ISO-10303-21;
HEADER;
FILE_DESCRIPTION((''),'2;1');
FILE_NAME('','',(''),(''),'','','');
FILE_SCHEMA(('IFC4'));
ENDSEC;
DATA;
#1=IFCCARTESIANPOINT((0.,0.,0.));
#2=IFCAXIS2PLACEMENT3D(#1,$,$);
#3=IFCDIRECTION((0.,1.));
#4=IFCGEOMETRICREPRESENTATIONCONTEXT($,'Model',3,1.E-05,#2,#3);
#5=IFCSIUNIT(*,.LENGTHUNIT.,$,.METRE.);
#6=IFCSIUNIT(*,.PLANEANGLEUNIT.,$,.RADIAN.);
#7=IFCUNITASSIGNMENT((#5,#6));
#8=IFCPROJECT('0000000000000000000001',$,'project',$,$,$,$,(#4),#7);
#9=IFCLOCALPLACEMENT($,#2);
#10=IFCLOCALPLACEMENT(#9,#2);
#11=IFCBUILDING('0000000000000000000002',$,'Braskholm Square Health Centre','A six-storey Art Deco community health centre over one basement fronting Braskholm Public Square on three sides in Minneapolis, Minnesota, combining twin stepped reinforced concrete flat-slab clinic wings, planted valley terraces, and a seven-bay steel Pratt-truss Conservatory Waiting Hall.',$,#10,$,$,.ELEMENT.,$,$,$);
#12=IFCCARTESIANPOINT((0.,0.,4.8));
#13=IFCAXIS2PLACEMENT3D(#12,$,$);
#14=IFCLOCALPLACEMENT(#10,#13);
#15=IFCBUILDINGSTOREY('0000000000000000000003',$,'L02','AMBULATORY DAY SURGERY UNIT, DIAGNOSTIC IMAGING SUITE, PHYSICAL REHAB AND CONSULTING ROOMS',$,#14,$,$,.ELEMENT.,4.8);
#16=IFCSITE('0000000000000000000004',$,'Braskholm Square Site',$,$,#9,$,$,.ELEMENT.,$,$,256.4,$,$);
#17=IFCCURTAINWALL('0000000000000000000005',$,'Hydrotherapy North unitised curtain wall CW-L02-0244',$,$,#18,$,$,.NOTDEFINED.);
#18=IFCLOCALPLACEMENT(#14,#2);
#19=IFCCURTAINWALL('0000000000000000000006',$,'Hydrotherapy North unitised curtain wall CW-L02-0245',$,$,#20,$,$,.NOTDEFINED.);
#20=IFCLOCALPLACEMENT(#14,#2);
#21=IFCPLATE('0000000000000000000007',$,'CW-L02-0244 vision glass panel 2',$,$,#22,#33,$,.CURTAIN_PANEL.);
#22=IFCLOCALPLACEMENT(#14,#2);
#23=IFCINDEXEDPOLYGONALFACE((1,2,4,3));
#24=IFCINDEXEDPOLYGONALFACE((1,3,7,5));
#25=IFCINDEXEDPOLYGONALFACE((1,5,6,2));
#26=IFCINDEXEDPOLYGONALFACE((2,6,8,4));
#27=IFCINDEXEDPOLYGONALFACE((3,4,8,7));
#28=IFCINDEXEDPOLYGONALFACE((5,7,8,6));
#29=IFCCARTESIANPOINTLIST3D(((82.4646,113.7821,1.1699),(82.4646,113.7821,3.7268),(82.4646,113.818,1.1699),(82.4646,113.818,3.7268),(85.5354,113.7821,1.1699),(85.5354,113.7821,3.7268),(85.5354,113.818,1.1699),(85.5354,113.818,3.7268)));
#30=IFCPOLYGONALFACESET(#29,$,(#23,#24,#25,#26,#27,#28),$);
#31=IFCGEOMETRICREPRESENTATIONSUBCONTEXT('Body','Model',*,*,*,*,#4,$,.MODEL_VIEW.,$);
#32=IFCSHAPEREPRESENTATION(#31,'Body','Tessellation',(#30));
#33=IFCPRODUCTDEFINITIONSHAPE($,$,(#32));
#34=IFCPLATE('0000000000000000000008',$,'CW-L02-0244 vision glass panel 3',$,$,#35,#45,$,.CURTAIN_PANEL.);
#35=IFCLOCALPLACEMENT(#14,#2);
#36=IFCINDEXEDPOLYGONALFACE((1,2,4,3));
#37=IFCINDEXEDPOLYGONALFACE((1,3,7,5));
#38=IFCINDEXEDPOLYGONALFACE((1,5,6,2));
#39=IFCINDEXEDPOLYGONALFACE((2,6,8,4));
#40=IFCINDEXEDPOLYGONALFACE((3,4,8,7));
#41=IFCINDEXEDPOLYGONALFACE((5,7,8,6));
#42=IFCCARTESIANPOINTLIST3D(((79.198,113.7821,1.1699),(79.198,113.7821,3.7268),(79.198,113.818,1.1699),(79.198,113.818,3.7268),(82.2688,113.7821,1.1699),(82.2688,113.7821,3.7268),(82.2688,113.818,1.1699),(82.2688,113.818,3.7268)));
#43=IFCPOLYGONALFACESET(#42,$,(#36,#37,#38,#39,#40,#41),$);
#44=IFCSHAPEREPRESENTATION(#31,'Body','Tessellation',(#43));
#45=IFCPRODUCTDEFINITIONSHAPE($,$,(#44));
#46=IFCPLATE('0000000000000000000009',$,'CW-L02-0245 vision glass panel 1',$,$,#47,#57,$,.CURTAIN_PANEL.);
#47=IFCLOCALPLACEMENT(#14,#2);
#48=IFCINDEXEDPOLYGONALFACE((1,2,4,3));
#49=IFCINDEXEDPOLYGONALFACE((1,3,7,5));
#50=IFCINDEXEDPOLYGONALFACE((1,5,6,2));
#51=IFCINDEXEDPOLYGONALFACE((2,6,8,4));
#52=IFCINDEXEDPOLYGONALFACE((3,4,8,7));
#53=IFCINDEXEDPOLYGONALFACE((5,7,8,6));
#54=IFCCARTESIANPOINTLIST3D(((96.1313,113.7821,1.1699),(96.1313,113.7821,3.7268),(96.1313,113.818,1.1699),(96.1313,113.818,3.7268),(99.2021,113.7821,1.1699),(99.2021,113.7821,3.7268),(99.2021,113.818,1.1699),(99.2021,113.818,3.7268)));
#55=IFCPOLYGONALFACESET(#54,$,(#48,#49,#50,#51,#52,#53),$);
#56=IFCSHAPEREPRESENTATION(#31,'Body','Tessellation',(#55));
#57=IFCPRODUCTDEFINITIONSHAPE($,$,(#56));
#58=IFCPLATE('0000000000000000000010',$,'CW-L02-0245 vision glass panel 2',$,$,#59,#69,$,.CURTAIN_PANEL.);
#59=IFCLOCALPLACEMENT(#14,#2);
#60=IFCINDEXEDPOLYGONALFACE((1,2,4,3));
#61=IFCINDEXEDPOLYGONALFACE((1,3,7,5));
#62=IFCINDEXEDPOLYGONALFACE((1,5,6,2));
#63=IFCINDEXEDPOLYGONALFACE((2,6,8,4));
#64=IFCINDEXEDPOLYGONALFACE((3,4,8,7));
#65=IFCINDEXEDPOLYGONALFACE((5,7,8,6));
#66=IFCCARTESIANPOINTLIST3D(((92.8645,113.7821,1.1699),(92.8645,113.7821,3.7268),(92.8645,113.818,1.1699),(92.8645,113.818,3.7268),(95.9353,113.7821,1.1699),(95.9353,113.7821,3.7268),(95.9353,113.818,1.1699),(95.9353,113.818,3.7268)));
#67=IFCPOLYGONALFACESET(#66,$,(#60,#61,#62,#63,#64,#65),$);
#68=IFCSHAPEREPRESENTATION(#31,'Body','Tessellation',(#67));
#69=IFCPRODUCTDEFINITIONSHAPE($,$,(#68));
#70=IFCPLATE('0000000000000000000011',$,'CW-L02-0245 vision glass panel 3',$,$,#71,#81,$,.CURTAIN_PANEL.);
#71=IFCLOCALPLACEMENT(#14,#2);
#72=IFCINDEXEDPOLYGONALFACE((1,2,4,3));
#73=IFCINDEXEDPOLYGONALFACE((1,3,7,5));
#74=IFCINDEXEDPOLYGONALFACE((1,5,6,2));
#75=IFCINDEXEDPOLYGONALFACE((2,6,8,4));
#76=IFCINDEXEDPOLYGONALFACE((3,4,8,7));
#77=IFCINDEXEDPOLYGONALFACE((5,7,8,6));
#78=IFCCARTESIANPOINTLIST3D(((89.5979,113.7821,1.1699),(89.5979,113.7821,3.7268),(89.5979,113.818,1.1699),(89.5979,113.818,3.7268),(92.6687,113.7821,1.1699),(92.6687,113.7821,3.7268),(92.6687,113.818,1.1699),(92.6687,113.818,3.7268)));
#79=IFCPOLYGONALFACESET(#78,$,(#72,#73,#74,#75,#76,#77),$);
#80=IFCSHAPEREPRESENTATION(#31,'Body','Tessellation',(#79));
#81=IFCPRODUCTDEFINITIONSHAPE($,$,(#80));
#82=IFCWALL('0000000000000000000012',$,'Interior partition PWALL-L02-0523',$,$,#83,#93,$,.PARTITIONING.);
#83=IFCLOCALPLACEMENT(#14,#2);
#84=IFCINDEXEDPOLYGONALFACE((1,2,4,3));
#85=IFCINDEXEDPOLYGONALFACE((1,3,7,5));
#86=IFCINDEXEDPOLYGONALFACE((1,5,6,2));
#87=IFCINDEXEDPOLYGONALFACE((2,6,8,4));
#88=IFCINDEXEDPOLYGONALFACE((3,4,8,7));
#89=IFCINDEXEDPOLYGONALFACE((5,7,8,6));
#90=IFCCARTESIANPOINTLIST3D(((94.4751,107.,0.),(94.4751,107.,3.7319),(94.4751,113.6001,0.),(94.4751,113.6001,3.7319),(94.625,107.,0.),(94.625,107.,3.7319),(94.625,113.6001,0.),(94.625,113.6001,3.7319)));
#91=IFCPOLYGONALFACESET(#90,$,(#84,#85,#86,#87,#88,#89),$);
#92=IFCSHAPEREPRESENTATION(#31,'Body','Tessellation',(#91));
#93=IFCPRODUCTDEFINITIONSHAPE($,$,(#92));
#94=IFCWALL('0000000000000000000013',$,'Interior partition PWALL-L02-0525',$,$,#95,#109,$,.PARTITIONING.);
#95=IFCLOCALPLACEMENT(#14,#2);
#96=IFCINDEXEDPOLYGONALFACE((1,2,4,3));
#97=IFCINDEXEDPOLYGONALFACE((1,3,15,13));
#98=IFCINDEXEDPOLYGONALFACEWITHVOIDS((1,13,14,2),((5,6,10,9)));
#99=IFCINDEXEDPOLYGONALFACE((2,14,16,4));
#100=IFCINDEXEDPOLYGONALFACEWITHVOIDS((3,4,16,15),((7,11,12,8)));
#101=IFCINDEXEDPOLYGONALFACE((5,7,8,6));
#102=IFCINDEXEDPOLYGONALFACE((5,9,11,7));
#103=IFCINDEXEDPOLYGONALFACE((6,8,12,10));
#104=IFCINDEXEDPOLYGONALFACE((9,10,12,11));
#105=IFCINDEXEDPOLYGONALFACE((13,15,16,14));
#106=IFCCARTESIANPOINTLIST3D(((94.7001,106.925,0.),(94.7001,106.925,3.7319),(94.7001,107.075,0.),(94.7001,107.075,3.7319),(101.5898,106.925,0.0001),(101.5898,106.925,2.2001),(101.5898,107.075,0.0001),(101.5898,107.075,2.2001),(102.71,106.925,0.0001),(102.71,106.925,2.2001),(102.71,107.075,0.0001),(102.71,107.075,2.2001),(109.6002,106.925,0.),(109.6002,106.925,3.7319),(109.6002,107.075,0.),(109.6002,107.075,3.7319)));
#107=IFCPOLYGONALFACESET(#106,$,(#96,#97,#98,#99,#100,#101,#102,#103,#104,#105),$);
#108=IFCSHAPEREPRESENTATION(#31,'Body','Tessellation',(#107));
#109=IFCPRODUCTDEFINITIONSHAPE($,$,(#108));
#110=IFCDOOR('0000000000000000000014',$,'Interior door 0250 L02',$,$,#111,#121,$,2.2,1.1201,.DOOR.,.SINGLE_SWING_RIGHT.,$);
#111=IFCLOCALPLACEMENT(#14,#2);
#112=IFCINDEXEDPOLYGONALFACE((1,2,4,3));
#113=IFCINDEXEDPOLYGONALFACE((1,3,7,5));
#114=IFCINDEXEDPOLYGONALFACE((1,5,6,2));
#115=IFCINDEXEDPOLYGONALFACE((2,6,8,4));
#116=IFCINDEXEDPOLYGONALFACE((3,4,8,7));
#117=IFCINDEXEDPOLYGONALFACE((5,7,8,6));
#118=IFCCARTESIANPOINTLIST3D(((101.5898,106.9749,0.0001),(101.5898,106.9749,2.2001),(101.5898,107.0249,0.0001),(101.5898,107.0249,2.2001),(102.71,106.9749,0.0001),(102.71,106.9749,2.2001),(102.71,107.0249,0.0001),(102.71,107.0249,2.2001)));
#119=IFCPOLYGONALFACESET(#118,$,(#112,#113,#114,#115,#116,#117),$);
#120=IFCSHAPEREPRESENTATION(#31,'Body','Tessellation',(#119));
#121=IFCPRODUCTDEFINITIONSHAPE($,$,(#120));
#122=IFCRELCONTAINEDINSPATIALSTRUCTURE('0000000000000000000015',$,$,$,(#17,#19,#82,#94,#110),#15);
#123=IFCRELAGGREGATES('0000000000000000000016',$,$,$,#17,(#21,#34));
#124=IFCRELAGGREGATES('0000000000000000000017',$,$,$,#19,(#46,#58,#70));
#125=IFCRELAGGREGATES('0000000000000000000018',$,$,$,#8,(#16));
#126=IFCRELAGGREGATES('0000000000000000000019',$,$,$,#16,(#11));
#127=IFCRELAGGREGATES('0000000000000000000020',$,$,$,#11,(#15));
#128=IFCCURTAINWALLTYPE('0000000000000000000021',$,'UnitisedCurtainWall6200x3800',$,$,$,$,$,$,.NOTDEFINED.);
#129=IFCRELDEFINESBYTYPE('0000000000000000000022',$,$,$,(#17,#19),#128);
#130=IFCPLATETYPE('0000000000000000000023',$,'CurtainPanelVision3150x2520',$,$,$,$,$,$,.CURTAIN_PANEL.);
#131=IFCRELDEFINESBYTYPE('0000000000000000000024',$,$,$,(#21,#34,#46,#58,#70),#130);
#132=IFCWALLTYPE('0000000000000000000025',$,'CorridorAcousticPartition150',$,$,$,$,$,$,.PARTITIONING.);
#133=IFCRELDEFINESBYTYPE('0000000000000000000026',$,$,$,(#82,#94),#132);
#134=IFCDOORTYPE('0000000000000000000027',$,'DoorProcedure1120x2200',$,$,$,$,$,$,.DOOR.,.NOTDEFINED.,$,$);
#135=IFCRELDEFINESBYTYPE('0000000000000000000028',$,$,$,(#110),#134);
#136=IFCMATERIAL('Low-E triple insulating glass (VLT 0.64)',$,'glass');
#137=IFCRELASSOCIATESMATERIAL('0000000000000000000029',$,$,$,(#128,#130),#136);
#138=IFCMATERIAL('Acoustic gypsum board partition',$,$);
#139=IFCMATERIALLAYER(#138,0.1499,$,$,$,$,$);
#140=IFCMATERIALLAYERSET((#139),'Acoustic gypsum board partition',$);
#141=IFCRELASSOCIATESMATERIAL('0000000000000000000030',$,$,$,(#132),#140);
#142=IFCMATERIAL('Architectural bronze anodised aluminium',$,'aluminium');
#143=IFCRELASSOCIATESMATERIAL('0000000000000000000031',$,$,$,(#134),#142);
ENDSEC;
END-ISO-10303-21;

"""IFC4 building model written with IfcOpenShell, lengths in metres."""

from ifc_helpers import new_model, si_unit, direction, frame, frame_2d, origin, origin_with_axes, origin_2d, place, context, subcontext, project, spatial, rectangle, extrude, material, layer, layer_set, type_object, element, fill, aggregate, save


model = new_model("IFC4")

# Units and contexts
model_context = context("Model", 3, precision=1e-05, world=origin(), true_north=direction((0.0, 1.0)))
body_context = subcontext(model_context, "Body", "Model", "MODEL_VIEW")
ifc_project = project(units=[si_unit("LENGTHUNIT", "METRE"), si_unit("PLANEANGLEUNIT", "RADIAN")], contexts=[model_context])

# Site, building, storey
site_placement = place(None, origin())
site = spatial("IfcSite", under=ifc_project, at=site_placement, Name="Braskholm Square Site", CompositionType="ELEMENT", RefElevation=256.4)
building_placement = place(site_placement, origin())
building = spatial("IfcBuilding", under=site, at=building_placement, Name="Braskholm Square Health Centre", Description="A six-storey Art Deco community health centre over one basement fronting Braskholm Public Square on three sides in Minneapolis, Minnesota, combining twin stepped reinforced concrete flat-slab clinic wings, planted valley terraces, and a seven-bay steel Pratt-truss Conservatory Waiting Hall.", CompositionType="ELEMENT")
storey_placement = place(building_placement, frame((0.0, 0.0, 4.8)))
storey = spatial("IfcBuildingStorey", under=building, at=storey_placement, Name="L02", Description="AMBULATORY DAY SURGERY UNIT, DIAGNOSTIC IMAGING SUITE, PHYSICAL REHAB AND CONSULTING ROOMS", CompositionType="ELEMENT", Elevation=4.8)

# Curtain walls
ifc_material_1 = material(Name="Low-E triple insulating glass (VLT 0.64)", Category="glass")
curtain_wall_type = type_object("IfcCurtainWallType", Name="UnitisedCurtainWall6200x3800", PredefinedType="NOTDEFINED", material=ifc_material_1)
curtain_wall_1_placement = place(storey_placement, origin())
curtain_wall_1 = element("IfcCurtainWall", 1, at=curtain_wall_1_placement, inside=storey, type_object=curtain_wall_type, Name="Hydrotherapy North unitised curtain wall CW-L02-0244", PredefinedType="NOTDEFINED")
ifc_material_2 = material(Name="Architectural bronze anodised aluminium", Category="aluminium")
curtain_wall_2_placement = place(storey_placement, origin())
curtain_wall_2 = element("IfcCurtainWall", 2, at=curtain_wall_2_placement, inside=storey, type_object=curtain_wall_type, Name="Hydrotherapy North unitised curtain wall CW-L02-0245", PredefinedType="NOTDEFINED")

# Plates
plate_type_1 = type_object("IfcPlateType", Name="CurtainPanelVision3150x2520", PredefinedType="CURTAIN_PANEL", material=ifc_material_1)
plate_1_placement = place(storey_placement, frame((84.0, 113.8, 1.1699), z_axis=(0.0, 0.0, 1.0), x_axis=(-1.0, 0.0, 0.0)))
plate_1 = element("IfcPlate", 3, at=plate_1_placement, type_object=plate_type_1, Name="CW-L02-0244 vision glass panel 2", PredefinedType="CURTAIN_PANEL", context=body_context, shape_type="SweptSolid", body=[
    extrude(rectangle(XDim=3.0708, YDim=0.0359, at=origin_2d()), origin(), (0.0, 0.0, 1.0), 2.5569),
])
plate_2_placement = place(storey_placement, frame((80.7334, 113.8, 1.1699), z_axis=(0.0, 0.0, 1.0), x_axis=(-1.0, 0.0, 0.0)))
plate_2 = element("IfcPlate", 4, at=plate_2_placement, type_object=plate_type_1, Name="CW-L02-0244 vision glass panel 3", PredefinedType="CURTAIN_PANEL", context=body_context, shape_type="SweptSolid", body=[
    extrude(rectangle(XDim=3.0708, YDim=0.0359, at=origin_2d()), origin(), (0.0, 0.0, 1.0), 2.5569),
])
aggregate(curtain_wall_1, [plate_1, plate_2])
plate_3_placement = place(storey_placement, frame((97.6667, 113.8, 1.1699), z_axis=(0.0, 0.0, 1.0), x_axis=(-1.0, 0.0, 0.0)))
plate_3 = element("IfcPlate", 5, at=plate_3_placement, type_object=plate_type_1, Name="CW-L02-0245 vision glass panel 1", PredefinedType="CURTAIN_PANEL", context=body_context, shape_type="SweptSolid", body=[
    extrude(rectangle(XDim=3.0708, YDim=0.0359, at=origin_2d()), origin(), (0.0, 0.0, 1.0), 2.5569),
])
plate_4_placement = place(storey_placement, frame((94.3999, 113.8, 1.1699), z_axis=(0.0, 0.0, 1.0), x_axis=(-1.0, 0.0, 0.0)))
plate_4 = element("IfcPlate", 6, at=plate_4_placement, type_object=plate_type_1, Name="CW-L02-0245 vision glass panel 2", PredefinedType="CURTAIN_PANEL", context=body_context, shape_type="SweptSolid", body=[
    extrude(rectangle(XDim=3.0708, YDim=0.0359, at=origin_2d()), origin(), (0.0, 0.0, 1.0), 2.5569),
])
plate_5_placement = place(storey_placement, frame((91.1333, 113.8, 1.1699), z_axis=(0.0, 0.0, 1.0), x_axis=(-1.0, 0.0, 0.0)))
plate_5 = element("IfcPlate", 7, at=plate_5_placement, type_object=plate_type_1, Name="CW-L02-0245 vision glass panel 3", PredefinedType="CURTAIN_PANEL", context=body_context, shape_type="SweptSolid", body=[
    extrude(rectangle(XDim=3.0708, YDim=0.0359, at=origin_2d()), origin(), (0.0, 0.0, 1.0), 2.5569),
])
aggregate(curtain_wall_2, [plate_3, plate_4, plate_5])

# Wall
ifc_material_3 = material(Name="Acoustic gypsum board partition")
ifc_layer = layer(ifc_material_3, 0.1499)
ifc_layer_set = layer_set([ifc_layer], Name="Acoustic gypsum board partition")
wall_type = type_object("IfcWallType", Name="CorridorAcousticPartition150", PredefinedType="PARTITIONING", material=ifc_layer_set)
wall_1_placement = place(storey_placement, frame((94.55, 107.0, 0.0), z_axis=(0.0, 0.0, 1.0), x_axis=(0.0, 1.0, 0.0)))
element("IfcWall", 8, at=wall_1_placement, inside=storey, type_object=wall_type, Name="Interior partition PWALL-L02-0523", PredefinedType="PARTITIONING", context=body_context, shape_type="SweptSolid", body=[
    extrude(rectangle(XDim=6.6001, YDim=0.1499, at=frame_2d((3.3, 0.0))), origin(), (0.0, 0.0, 1.0), 3.7319),
])

# Wall, opening, door
wall_2_placement = place(storey_placement, frame((94.7, 107.0, 0.0), z_axis=(0.0, 0.0, 1.0), x_axis=(1.0, 0.0, 0.0)))
wall_2 = element("IfcWall", 9, at=wall_2_placement, inside=storey, type_object=wall_type, Name="Interior partition PWALL-L02-0525", PredefinedType="PARTITIONING", context=body_context, shape_type="SweptSolid", body=[
    extrude(rectangle(XDim=14.9001, YDim=0.1499, at=frame_2d((7.4502, 0.0))), origin(), (0.0, 0.0, 1.0), 3.7319),
])
opening_placement = place(wall_2_placement, frame((6.8899, 0.0, 0.0)))
opening = element("IfcOpeningElement", 10, at=opening_placement, cuts=wall_2, PredefinedType="OPENING", context=body_context, shape_type="SweptSolid", body=[
    extrude(rectangle(XDim=1.1201, YDim=2.2, at=frame_2d((0.5601, 1.1001))), frame((0.0, 0.085, 0.0), z_axis=(0.0, -1.0, 0.0), x_axis=(1.0, 0.0, 0.0)), (0.0, 0.0, 1.0), 0.1699),
])
door_type = type_object("IfcDoorType", Name="DoorProcedure1120x2200", OperationType="NOTDEFINED", PredefinedType="DOOR", material=ifc_material_2)
door_placement = place(opening_placement, origin_with_axes())
door = element("IfcDoor", 11, at=door_placement, inside=storey, type_object=door_type, Name="Interior door 0250 L02", OperationType="SINGLE_SWING_RIGHT", OverallHeight=2.2, OverallWidth=1.1201, PredefinedType="DOOR", context=body_context, shape_type="SweptSolid", body=[
    extrude(rectangle(XDim=1.1201, YDim=2.2, at=frame_2d((0.5601, 1.1001))), frame((0.0, 0.0249, 0.0), z_axis=(0.0, -1.0, 0.0), x_axis=(1.0, 0.0, 0.0)), (0.0, 0.0, 1.0), 0.05),
])
fill(opening, door)

save(model, "model.ifc")
